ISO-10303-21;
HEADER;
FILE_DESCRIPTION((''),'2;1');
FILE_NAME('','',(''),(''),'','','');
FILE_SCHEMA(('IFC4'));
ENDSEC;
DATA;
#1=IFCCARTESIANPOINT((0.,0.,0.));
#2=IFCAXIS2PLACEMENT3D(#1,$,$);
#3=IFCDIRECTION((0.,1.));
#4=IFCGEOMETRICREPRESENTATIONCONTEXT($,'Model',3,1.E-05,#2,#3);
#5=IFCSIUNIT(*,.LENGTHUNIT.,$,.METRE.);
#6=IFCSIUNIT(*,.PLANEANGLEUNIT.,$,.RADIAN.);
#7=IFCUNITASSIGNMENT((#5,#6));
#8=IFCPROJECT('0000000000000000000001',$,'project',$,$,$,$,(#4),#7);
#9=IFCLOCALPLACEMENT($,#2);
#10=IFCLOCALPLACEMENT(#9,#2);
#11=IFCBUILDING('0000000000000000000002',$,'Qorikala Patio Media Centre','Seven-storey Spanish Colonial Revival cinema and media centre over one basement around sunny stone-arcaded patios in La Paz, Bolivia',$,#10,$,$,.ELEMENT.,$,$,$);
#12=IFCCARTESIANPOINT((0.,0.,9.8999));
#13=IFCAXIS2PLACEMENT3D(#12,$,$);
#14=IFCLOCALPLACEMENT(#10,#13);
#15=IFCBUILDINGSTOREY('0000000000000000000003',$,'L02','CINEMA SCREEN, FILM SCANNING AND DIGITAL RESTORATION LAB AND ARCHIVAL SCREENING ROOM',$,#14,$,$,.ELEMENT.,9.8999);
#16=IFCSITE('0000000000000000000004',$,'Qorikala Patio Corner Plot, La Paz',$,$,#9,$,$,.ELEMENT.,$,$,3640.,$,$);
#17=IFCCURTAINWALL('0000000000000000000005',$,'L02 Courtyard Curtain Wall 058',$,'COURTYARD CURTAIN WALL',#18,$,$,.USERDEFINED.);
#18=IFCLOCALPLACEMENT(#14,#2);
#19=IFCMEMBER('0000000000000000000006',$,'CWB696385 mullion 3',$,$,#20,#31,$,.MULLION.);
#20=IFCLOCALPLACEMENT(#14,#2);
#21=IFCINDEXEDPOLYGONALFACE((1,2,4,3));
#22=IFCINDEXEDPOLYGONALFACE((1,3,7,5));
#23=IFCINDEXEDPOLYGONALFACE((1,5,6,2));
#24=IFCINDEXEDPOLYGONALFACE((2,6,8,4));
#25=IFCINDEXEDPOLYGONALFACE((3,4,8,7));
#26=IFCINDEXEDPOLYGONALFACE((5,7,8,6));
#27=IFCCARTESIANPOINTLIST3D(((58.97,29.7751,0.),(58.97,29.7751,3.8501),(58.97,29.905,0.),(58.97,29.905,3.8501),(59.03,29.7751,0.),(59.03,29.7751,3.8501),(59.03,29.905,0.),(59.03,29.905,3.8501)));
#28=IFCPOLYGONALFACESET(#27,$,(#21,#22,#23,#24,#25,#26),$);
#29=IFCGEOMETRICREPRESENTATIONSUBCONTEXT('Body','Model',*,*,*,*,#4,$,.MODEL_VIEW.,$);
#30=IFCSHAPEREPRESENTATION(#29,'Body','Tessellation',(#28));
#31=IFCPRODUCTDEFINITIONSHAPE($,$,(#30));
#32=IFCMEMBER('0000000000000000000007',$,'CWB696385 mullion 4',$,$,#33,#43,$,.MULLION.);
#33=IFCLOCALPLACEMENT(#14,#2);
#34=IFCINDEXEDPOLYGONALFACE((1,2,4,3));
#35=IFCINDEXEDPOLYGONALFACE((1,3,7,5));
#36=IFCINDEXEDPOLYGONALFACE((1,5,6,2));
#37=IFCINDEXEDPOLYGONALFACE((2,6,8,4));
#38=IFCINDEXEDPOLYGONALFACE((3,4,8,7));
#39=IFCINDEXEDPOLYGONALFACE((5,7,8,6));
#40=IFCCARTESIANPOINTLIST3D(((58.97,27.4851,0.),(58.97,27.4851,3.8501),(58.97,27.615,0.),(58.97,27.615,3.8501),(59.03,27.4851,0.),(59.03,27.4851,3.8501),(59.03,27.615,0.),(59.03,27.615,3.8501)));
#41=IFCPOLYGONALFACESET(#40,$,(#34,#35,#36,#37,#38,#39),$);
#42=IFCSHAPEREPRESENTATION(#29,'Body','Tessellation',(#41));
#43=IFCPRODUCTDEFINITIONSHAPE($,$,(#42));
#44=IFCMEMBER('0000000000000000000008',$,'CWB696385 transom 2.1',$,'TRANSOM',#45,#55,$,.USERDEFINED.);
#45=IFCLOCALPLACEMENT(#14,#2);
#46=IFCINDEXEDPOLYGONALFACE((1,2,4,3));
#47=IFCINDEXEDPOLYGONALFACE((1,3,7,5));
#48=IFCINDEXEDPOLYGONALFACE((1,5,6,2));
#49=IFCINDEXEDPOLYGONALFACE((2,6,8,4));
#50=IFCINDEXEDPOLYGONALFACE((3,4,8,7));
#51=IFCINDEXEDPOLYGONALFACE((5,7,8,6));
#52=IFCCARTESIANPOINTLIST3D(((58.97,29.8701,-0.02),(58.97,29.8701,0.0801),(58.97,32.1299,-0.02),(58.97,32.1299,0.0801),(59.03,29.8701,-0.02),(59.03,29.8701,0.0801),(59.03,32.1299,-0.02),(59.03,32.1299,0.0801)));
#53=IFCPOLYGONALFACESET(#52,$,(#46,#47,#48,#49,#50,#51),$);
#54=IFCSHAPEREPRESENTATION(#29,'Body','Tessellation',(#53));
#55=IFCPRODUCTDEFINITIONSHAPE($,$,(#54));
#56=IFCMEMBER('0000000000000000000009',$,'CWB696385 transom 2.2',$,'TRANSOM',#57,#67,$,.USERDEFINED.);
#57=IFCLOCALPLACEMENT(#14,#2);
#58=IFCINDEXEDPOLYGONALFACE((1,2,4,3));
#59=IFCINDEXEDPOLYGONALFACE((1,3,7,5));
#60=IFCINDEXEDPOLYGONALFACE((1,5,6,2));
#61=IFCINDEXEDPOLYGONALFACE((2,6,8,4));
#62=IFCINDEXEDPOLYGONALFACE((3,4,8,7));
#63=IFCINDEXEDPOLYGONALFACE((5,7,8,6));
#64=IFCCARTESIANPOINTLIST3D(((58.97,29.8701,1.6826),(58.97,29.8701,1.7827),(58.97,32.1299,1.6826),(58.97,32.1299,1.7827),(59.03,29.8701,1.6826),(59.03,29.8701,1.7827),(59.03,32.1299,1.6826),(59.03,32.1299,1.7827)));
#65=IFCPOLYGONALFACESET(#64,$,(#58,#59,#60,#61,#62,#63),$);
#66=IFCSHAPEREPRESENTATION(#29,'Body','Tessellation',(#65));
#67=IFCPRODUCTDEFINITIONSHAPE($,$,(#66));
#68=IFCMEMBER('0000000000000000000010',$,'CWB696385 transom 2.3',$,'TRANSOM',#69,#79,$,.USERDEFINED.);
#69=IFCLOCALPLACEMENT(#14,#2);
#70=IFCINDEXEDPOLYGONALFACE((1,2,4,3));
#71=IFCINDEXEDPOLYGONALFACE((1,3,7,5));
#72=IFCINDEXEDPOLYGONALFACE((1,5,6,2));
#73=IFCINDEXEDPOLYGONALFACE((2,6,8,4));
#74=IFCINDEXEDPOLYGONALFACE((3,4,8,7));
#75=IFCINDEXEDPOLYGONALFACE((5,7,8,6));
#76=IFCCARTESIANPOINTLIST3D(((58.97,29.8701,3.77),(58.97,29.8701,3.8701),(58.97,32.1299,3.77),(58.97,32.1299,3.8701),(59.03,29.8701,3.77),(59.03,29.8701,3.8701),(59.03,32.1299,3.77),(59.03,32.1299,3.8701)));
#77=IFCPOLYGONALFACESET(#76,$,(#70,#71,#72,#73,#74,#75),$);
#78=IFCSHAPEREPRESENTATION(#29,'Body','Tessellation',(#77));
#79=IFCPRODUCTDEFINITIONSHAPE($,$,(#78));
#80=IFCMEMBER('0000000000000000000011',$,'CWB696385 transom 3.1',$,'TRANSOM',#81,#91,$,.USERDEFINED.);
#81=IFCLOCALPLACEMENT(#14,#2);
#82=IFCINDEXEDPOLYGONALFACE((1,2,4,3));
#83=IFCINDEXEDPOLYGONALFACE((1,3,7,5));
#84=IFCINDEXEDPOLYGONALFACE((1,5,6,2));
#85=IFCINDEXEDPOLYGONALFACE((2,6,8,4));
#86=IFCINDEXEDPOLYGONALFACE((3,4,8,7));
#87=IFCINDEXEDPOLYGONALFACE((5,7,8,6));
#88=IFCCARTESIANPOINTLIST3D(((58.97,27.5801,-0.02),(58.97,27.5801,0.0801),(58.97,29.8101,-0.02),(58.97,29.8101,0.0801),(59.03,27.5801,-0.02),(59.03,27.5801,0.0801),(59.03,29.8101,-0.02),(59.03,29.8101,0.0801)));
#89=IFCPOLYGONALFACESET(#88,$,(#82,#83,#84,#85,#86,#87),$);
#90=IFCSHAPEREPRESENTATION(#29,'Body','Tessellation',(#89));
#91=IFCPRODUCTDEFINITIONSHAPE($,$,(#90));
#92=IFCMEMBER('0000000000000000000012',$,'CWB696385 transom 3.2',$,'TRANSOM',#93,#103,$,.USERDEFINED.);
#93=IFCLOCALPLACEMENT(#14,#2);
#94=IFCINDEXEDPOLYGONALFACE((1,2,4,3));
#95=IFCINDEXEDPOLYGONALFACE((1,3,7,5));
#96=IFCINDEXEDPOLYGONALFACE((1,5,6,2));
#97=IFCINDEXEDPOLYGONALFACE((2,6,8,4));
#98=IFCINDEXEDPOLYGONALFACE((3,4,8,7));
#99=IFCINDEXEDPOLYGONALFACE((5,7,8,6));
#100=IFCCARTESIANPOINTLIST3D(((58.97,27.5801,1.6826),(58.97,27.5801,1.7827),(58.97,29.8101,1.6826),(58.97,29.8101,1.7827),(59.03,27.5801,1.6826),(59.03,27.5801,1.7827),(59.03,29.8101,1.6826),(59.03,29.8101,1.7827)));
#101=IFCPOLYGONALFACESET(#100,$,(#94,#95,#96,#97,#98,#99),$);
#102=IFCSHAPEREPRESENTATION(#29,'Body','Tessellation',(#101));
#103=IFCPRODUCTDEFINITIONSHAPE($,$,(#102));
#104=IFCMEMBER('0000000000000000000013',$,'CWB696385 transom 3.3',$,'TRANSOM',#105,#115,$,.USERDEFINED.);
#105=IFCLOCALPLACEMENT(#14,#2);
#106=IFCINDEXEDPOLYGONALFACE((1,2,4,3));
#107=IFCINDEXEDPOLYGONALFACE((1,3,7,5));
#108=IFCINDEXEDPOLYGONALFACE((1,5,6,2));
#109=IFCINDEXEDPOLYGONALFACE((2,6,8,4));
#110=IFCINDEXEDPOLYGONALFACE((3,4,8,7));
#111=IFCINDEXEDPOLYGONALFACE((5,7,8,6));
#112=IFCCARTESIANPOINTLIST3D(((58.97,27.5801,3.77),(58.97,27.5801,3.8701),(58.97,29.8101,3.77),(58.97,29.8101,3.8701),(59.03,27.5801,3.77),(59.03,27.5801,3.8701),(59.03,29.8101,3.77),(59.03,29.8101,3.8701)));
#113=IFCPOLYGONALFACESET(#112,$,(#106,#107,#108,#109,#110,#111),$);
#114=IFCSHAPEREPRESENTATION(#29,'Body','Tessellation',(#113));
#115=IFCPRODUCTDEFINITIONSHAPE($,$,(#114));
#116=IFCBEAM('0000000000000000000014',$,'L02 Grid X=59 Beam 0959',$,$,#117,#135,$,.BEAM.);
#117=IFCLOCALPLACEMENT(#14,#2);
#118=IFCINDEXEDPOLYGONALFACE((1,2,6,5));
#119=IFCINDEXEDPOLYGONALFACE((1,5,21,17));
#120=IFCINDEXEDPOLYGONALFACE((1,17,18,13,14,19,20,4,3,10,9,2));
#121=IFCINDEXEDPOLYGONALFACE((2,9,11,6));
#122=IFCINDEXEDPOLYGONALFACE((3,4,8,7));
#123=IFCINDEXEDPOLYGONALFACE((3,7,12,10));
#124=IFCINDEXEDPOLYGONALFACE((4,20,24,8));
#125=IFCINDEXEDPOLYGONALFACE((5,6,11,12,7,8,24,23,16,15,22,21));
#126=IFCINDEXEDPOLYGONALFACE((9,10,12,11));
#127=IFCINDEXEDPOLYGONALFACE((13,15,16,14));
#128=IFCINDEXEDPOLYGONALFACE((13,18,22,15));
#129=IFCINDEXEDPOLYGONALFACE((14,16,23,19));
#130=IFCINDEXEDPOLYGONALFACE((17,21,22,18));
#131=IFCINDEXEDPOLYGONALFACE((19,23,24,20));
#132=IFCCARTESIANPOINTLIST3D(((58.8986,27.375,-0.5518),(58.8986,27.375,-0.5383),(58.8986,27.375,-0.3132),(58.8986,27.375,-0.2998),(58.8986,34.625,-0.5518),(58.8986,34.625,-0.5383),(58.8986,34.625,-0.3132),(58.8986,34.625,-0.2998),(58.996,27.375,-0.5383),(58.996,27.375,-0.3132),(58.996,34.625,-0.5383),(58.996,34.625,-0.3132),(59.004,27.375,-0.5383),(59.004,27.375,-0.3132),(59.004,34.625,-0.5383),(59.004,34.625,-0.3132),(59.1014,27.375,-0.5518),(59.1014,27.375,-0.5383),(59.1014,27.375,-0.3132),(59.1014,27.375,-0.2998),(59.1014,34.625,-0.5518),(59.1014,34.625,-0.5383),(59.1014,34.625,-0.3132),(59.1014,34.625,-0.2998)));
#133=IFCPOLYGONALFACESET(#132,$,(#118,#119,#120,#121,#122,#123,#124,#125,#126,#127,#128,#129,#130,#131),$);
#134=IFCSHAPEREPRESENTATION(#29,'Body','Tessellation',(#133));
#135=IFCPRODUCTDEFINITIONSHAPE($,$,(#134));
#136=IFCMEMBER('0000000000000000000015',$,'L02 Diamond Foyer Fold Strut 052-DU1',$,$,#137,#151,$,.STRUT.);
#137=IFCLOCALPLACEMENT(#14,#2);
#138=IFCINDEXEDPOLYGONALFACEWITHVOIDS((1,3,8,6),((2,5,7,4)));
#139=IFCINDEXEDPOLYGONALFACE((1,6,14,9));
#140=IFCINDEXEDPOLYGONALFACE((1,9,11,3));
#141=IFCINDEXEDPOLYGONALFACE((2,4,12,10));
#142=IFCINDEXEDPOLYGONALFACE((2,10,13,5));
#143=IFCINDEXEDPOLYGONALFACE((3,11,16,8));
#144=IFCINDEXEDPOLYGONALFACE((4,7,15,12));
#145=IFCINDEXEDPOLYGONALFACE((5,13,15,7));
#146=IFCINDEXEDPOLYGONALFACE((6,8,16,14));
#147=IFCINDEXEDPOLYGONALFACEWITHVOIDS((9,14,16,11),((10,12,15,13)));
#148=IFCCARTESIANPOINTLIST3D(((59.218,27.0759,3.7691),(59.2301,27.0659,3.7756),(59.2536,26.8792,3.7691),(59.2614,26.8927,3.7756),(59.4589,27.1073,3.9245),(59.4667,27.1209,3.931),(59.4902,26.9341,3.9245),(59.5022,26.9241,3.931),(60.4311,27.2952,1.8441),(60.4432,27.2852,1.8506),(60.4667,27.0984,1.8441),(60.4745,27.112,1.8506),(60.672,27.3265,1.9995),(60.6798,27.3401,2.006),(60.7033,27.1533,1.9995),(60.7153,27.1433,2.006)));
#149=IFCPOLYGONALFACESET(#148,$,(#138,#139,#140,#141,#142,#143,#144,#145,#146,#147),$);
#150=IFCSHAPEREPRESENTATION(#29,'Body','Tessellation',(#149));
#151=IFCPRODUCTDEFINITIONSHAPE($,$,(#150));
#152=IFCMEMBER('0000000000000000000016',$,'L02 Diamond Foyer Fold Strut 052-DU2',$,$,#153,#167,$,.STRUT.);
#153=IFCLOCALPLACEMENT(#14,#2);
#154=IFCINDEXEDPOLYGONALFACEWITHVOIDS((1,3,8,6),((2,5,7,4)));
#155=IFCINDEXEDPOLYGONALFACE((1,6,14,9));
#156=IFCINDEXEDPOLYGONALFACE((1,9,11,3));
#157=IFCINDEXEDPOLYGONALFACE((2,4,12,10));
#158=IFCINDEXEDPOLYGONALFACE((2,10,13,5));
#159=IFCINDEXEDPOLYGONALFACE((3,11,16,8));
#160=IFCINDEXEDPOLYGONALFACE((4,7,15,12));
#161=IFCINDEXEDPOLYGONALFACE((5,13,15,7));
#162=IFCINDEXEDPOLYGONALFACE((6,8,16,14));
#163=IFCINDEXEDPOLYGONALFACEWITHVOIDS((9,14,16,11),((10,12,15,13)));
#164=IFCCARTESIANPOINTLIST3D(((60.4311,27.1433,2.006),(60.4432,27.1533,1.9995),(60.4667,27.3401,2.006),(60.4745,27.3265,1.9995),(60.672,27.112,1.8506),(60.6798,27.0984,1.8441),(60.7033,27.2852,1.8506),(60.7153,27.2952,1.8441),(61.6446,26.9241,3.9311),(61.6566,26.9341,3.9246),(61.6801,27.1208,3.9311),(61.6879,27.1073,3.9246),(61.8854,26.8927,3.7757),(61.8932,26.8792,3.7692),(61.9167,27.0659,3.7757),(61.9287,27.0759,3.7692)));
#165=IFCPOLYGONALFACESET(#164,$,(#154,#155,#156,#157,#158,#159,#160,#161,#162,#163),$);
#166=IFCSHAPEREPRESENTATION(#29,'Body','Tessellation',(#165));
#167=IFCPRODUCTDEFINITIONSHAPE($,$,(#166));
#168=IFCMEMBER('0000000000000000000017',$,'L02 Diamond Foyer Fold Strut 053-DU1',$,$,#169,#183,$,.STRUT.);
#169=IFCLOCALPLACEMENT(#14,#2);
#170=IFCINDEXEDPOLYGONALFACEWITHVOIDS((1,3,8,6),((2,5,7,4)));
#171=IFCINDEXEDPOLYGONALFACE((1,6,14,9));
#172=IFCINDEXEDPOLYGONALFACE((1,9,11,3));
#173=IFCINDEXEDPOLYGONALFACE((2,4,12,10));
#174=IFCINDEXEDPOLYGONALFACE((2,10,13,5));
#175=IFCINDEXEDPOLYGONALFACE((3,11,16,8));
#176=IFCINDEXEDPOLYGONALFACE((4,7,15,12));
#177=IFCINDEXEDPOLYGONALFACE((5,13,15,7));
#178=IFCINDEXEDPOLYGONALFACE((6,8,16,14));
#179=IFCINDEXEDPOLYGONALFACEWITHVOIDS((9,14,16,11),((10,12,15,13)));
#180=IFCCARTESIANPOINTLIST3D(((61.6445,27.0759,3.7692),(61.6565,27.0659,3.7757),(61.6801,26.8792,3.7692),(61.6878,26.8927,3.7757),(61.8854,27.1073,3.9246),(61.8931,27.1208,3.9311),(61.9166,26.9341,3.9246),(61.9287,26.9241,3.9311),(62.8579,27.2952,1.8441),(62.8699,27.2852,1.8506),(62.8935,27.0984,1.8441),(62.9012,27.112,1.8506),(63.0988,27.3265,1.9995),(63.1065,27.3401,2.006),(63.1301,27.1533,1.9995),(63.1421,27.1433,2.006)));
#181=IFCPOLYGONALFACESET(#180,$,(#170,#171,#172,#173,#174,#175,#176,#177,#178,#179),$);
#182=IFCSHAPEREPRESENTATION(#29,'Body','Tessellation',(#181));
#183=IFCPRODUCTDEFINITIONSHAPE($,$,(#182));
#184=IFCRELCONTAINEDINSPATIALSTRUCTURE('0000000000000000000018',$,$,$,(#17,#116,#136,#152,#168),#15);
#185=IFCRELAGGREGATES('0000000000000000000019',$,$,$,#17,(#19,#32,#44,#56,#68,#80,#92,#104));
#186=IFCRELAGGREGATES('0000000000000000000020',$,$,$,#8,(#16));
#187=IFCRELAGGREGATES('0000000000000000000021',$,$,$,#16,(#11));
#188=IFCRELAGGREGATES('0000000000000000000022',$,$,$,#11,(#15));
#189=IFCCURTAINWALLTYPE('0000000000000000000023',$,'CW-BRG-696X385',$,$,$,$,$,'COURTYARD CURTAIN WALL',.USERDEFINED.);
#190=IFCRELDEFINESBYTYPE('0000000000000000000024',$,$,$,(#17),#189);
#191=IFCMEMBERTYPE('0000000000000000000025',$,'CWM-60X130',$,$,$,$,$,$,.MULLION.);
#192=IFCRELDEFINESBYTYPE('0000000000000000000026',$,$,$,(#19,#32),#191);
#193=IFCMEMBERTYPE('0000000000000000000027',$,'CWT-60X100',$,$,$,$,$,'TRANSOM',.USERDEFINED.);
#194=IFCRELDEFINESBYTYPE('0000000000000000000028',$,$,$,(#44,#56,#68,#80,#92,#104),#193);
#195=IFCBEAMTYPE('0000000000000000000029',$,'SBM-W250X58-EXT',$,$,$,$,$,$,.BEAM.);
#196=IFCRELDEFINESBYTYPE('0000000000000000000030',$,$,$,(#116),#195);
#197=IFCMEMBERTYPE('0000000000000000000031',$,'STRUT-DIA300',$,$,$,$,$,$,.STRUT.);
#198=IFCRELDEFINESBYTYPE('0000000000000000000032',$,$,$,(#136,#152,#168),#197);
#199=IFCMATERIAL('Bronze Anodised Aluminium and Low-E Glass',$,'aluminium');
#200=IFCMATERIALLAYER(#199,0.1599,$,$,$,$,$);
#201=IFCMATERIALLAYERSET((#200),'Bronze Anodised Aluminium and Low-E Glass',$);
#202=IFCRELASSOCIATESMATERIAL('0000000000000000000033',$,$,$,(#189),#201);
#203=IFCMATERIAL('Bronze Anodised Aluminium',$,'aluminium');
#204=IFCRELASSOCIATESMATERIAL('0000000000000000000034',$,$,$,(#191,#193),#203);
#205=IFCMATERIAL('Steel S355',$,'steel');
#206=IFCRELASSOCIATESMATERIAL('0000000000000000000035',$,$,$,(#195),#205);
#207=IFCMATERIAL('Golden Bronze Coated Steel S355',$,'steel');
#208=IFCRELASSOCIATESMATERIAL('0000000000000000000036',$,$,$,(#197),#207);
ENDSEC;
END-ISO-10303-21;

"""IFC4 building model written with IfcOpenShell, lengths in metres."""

from ifc_helpers import new_model, si_unit, direction, frame, origin, origin_2d, place, context, subcontext, project, spatial, rectangle, hollow_rectangle, i_section, extrude, material, layer, layer_set, material_profile, profile_set, type_object, element, aggregate, save


model = new_model("IFC4")

# Units and contexts
model_context = context("Model", 3, precision=1e-05, world=origin(), true_north=direction((0.0, 1.0)))
body_context = subcontext(model_context, "Body", "Model", "MODEL_VIEW")
ifc_project = project(units=[si_unit("LENGTHUNIT", "METRE"), si_unit("PLANEANGLEUNIT", "RADIAN")], contexts=[model_context])

# Site, building, storey
site_placement = place(None, origin())
site = spatial("IfcSite", under=ifc_project, at=site_placement, Name="Qorikala Patio Corner Plot, La Paz", CompositionType="ELEMENT", RefElevation=3640.0)
building_placement = place(site_placement, origin())
building = spatial("IfcBuilding", under=site, at=building_placement, Name="Qorikala Patio Media Centre", Description="Seven-storey Spanish Colonial Revival cinema and media centre over one basement around sunny stone-arcaded patios in La Paz, Bolivia", CompositionType="ELEMENT")
storey_placement = place(building_placement, frame((0.0, 0.0, 9.8999)))
storey = spatial("IfcBuildingStorey", under=building, at=storey_placement, Name="L02", Description="CINEMA SCREEN, FILM SCANNING AND DIGITAL RESTORATION LAB AND ARCHIVAL SCREENING ROOM", CompositionType="ELEMENT", Elevation=9.8999)

# Curtain wall, members
ifc_material_1 = material(Name="Bronze Anodised Aluminium and Low-E Glass", Category="aluminium")
ifc_layer_1 = layer(ifc_material_1, 0.1599)
ifc_layer_set_1 = layer_set([ifc_layer_1], Name="Bronze Anodised Aluminium and Low-E Glass")
curtain_wall_type = type_object("IfcCurtainWallType", Name="CW-BRG-696X385", ElementType="COURTYARD CURTAIN WALL", PredefinedType="USERDEFINED", material=ifc_layer_set_1)
curtain_wall_placement = place(storey_placement, origin())
curtain_wall = element("IfcCurtainWall", 1, at=curtain_wall_placement, inside=storey, type_object=curtain_wall_type, Name="L02 Courtyard Curtain Wall 058", ObjectType="COURTYARD CURTAIN WALL", PredefinedType="USERDEFINED")
ifc_material_2 = material(Name="Bronze Anodised Aluminium", Category="aluminium")
ifc_material_profile_1 = material_profile(ifc_material_2, rectangle(XDim=0.0601, YDim=0.1299, at=origin_2d()), Name="ALU MULLION 60x130")
ifc_profile_set_1 = profile_set([ifc_material_profile_1], Name="Bronze Anodised Aluminium")
member_type_1 = type_object("IfcMemberType", Name="CWM-60X130", PredefinedType="MULLION", material=ifc_profile_set_1)
member_1_placement = place(storey_placement, frame((59.0, 29.8401, 0.0), z_axis=(0.0, 0.0, 1.0), x_axis=(1.0, 0.0, 0.0)))
member_1 = element("IfcMember", 2, at=member_1_placement, type_object=member_type_1, Name="CWB696385 mullion 3", PredefinedType="MULLION", context=body_context, shape_type="SweptSolid", body=[
    extrude(rectangle(XDim=0.0601, YDim=0.1299, at=origin_2d()), origin(), (0.0, 0.0, 1.0), 3.8501),
])
member_2_placement = place(storey_placement, frame((59.0, 27.55, 0.0), z_axis=(0.0, 0.0, 1.0), x_axis=(1.0, 0.0, 0.0)))
member_2 = element("IfcMember", 3, at=member_2_placement, type_object=member_type_1, Name="CWB696385 mullion 4", PredefinedType="MULLION", context=body_context, shape_type="SweptSolid", body=[
    extrude(rectangle(XDim=0.0601, YDim=0.1299, at=origin_2d()), origin(), (0.0, 0.0, 1.0), 3.8501),
])
ifc_material_profile_2 = material_profile(ifc_material_2, rectangle(XDim=0.0601, YDim=0.1001, at=origin_2d()), Name="ALU TRANSOM 60x100")
ifc_profile_set_2 = profile_set([ifc_material_profile_2], Name="Bronze Anodised Aluminium")
member_type_2 = type_object("IfcMemberType", Name="CWT-60X100", ElementType="TRANSOM", PredefinedType="USERDEFINED", material=ifc_profile_set_2)
member_3_placement = place(storey_placement, frame((59.0, 32.1299, 0.03), z_axis=(0.0, -1.0, 0.0), x_axis=(1.0, 0.0, 0.0)))
member_3 = element("IfcMember", 4, at=member_3_placement, type_object=member_type_2, Name="CWB696385 transom 2.1", ObjectType="TRANSOM", PredefinedType="USERDEFINED", context=body_context, shape_type="SweptSolid", body=[
    extrude(rectangle(XDim=0.0601, YDim=0.1001, at=origin_2d()), origin(), (0.0, 0.0, 1.0), 2.2598),
])
member_4_placement = place(storey_placement, frame((59.0, 32.1299, 1.7327), z_axis=(0.0, -1.0, 0.0), x_axis=(1.0, 0.0, 0.0)))
member_4 = element("IfcMember", 5, at=member_4_placement, type_object=member_type_2, Name="CWB696385 transom 2.2", ObjectType="TRANSOM", PredefinedType="USERDEFINED", context=body_context, shape_type="SweptSolid", body=[
    extrude(rectangle(XDim=0.0601, YDim=0.1001, at=origin_2d()), origin(), (0.0, 0.0, 1.0), 2.2598),
])
member_5_placement = place(storey_placement, frame((59.0, 32.1299, 3.8201), z_axis=(0.0, -1.0, 0.0), x_axis=(1.0, 0.0, 0.0)))
member_5 = element("IfcMember", 6, at=member_5_placement, type_object=member_type_2, Name="CWB696385 transom 2.3", ObjectType="TRANSOM", PredefinedType="USERDEFINED", context=body_context, shape_type="SweptSolid", body=[
    extrude(rectangle(XDim=0.0601, YDim=0.1001, at=origin_2d()), origin(), (0.0, 0.0, 1.0), 2.2598),
])
member_6_placement = place(storey_placement, frame((59.0, 29.8101, 0.03), z_axis=(0.0, -1.0, 0.0), x_axis=(1.0, 0.0, 0.0)))
member_6 = element("IfcMember", 7, at=member_6_placement, type_object=member_type_2, Name="CWB696385 transom 3.1", ObjectType="TRANSOM", PredefinedType="USERDEFINED", context=body_context, shape_type="SweptSolid", body=[
    extrude(rectangle(XDim=0.0601, YDim=0.1001, at=origin_2d()), origin(), (0.0, 0.0, 1.0), 2.23),
])
member_7_placement = place(storey_placement, frame((59.0, 29.8101, 1.7327), z_axis=(0.0, -1.0, 0.0), x_axis=(1.0, 0.0, 0.0)))
member_7 = element("IfcMember", 8, at=member_7_placement, type_object=member_type_2, Name="CWB696385 transom 3.2", ObjectType="TRANSOM", PredefinedType="USERDEFINED", context=body_context, shape_type="SweptSolid", body=[
    extrude(rectangle(XDim=0.0601, YDim=0.1001, at=origin_2d()), origin(), (0.0, 0.0, 1.0), 2.23),
])
member_8_placement = place(storey_placement, frame((59.0, 29.8101, 3.8201), z_axis=(0.0, -1.0, 0.0), x_axis=(1.0, 0.0, 0.0)))
member_8 = element("IfcMember", 9, at=member_8_placement, type_object=member_type_2, Name="CWB696385 transom 3.3", ObjectType="TRANSOM", PredefinedType="USERDEFINED", context=body_context, shape_type="SweptSolid", body=[
    extrude(rectangle(XDim=0.0601, YDim=0.1001, at=origin_2d()), origin(), (0.0, 0.0, 1.0), 2.23),
])

# Beam
ifc_material_3 = material(Name="Steel S355", Category="steel")
ifc_material_profile_3 = material_profile(ifc_material_3, i_section(OverallWidth=0.2029, OverallDepth=0.252, WebThickness=0.0081, FlangeThickness=0.0134, at=origin_2d()), Name="W250X58")
ifc_profile_set_3 = profile_set([ifc_material_profile_3], Name="Steel S355")
beam_type = type_object("IfcBeamType", Name="SBM-W250X58-EXT", PredefinedType="BEAM", material=ifc_profile_set_3)
beam_placement = place(storey_placement, frame((59.0, 27.375, -0.4258), z_axis=(0.0, 1.0, 0.0), x_axis=(-1.0, 0.0, 0.0)))
element("IfcBeam", 10, at=beam_placement, inside=storey, type_object=beam_type, Name="L02 Grid X=59 Beam 0959", PredefinedType="BEAM", context=body_context, shape_type="SweptSolid", body=[
    extrude(i_section(OverallWidth=0.2029, OverallDepth=0.252, WebThickness=0.0081, FlangeThickness=0.0134, at=origin_2d()), origin(), (0.0, 0.0, 1.0), 7.25),
])

# Members
ifc_material_4 = material(Name="Golden Bronze Coated Steel S355", Category="steel")
ifc_material_profile_4 = material_profile(ifc_material_4, hollow_rectangle(XDim=0.2, YDim=0.3, WallThickness=0.012, at=origin_2d()), Name="HSS300X200X12")
ifc_profile_set_4 = profile_set([ifc_material_profile_4], Name="Golden Bronze Coated Steel S355")
member_type_3 = type_object("IfcMemberType", Name="STRUT-DIA300", PredefinedType="STRUT", material=ifc_profile_set_4)
member_9_placement = place(storey_placement, frame((60.5732, 27.2192, 1.925), z_axis=(-0.530691, -0.095907, 0.842121), x_axis=(0.17784, -0.984059, 0.0)))
element("IfcMember", 11, at=member_9_placement, inside=storey, type_object=member_type_3, Name="L02 Diamond Foyer Fold Strut 052-DU1", PredefinedType="STRUT", context=body_context, shape_type="SweptSolid", body=[
    extrude(hollow_rectangle(XDim=0.2, YDim=0.3, WallThickness=0.012, at=origin_2d()), origin(), (0.0, 0.0, 1.0), 2.2859),
])
for number, where, z_axis, x_axis, name in (
    (12, (60.5732, 27.2192, 1.925), (0.530768, -0.095901, 0.842074), (0.177805, 0.984066, 0.0), "L02 Diamond Foyer Fold Strut 052-DU2"),
    (13, (63.0, 27.2192, 1.925), (-0.530768, -0.095901, 0.842074), (0.177805, -0.984066, 0.0), "L02 Diamond Foyer Fold Strut 053-DU1"),
):
    element("IfcMember", number, at=place(storey_placement, frame(where, z_axis=z_axis, x_axis=x_axis)), inside=storey, type_object=member_type_3, Name=name, PredefinedType="STRUT", context=body_context, shape_type="SweptSolid", body=[
        extrude(hollow_rectangle(XDim=0.2, YDim=0.3, WallThickness=0.012, at=origin_2d()), origin(), (0.0, 0.0, 1.0), 2.2861),
    ])

aggregate(curtain_wall, [member_1, member_2, member_3, member_4, member_5, member_6, member_7, member_8])

save(model, "model.ifc")
